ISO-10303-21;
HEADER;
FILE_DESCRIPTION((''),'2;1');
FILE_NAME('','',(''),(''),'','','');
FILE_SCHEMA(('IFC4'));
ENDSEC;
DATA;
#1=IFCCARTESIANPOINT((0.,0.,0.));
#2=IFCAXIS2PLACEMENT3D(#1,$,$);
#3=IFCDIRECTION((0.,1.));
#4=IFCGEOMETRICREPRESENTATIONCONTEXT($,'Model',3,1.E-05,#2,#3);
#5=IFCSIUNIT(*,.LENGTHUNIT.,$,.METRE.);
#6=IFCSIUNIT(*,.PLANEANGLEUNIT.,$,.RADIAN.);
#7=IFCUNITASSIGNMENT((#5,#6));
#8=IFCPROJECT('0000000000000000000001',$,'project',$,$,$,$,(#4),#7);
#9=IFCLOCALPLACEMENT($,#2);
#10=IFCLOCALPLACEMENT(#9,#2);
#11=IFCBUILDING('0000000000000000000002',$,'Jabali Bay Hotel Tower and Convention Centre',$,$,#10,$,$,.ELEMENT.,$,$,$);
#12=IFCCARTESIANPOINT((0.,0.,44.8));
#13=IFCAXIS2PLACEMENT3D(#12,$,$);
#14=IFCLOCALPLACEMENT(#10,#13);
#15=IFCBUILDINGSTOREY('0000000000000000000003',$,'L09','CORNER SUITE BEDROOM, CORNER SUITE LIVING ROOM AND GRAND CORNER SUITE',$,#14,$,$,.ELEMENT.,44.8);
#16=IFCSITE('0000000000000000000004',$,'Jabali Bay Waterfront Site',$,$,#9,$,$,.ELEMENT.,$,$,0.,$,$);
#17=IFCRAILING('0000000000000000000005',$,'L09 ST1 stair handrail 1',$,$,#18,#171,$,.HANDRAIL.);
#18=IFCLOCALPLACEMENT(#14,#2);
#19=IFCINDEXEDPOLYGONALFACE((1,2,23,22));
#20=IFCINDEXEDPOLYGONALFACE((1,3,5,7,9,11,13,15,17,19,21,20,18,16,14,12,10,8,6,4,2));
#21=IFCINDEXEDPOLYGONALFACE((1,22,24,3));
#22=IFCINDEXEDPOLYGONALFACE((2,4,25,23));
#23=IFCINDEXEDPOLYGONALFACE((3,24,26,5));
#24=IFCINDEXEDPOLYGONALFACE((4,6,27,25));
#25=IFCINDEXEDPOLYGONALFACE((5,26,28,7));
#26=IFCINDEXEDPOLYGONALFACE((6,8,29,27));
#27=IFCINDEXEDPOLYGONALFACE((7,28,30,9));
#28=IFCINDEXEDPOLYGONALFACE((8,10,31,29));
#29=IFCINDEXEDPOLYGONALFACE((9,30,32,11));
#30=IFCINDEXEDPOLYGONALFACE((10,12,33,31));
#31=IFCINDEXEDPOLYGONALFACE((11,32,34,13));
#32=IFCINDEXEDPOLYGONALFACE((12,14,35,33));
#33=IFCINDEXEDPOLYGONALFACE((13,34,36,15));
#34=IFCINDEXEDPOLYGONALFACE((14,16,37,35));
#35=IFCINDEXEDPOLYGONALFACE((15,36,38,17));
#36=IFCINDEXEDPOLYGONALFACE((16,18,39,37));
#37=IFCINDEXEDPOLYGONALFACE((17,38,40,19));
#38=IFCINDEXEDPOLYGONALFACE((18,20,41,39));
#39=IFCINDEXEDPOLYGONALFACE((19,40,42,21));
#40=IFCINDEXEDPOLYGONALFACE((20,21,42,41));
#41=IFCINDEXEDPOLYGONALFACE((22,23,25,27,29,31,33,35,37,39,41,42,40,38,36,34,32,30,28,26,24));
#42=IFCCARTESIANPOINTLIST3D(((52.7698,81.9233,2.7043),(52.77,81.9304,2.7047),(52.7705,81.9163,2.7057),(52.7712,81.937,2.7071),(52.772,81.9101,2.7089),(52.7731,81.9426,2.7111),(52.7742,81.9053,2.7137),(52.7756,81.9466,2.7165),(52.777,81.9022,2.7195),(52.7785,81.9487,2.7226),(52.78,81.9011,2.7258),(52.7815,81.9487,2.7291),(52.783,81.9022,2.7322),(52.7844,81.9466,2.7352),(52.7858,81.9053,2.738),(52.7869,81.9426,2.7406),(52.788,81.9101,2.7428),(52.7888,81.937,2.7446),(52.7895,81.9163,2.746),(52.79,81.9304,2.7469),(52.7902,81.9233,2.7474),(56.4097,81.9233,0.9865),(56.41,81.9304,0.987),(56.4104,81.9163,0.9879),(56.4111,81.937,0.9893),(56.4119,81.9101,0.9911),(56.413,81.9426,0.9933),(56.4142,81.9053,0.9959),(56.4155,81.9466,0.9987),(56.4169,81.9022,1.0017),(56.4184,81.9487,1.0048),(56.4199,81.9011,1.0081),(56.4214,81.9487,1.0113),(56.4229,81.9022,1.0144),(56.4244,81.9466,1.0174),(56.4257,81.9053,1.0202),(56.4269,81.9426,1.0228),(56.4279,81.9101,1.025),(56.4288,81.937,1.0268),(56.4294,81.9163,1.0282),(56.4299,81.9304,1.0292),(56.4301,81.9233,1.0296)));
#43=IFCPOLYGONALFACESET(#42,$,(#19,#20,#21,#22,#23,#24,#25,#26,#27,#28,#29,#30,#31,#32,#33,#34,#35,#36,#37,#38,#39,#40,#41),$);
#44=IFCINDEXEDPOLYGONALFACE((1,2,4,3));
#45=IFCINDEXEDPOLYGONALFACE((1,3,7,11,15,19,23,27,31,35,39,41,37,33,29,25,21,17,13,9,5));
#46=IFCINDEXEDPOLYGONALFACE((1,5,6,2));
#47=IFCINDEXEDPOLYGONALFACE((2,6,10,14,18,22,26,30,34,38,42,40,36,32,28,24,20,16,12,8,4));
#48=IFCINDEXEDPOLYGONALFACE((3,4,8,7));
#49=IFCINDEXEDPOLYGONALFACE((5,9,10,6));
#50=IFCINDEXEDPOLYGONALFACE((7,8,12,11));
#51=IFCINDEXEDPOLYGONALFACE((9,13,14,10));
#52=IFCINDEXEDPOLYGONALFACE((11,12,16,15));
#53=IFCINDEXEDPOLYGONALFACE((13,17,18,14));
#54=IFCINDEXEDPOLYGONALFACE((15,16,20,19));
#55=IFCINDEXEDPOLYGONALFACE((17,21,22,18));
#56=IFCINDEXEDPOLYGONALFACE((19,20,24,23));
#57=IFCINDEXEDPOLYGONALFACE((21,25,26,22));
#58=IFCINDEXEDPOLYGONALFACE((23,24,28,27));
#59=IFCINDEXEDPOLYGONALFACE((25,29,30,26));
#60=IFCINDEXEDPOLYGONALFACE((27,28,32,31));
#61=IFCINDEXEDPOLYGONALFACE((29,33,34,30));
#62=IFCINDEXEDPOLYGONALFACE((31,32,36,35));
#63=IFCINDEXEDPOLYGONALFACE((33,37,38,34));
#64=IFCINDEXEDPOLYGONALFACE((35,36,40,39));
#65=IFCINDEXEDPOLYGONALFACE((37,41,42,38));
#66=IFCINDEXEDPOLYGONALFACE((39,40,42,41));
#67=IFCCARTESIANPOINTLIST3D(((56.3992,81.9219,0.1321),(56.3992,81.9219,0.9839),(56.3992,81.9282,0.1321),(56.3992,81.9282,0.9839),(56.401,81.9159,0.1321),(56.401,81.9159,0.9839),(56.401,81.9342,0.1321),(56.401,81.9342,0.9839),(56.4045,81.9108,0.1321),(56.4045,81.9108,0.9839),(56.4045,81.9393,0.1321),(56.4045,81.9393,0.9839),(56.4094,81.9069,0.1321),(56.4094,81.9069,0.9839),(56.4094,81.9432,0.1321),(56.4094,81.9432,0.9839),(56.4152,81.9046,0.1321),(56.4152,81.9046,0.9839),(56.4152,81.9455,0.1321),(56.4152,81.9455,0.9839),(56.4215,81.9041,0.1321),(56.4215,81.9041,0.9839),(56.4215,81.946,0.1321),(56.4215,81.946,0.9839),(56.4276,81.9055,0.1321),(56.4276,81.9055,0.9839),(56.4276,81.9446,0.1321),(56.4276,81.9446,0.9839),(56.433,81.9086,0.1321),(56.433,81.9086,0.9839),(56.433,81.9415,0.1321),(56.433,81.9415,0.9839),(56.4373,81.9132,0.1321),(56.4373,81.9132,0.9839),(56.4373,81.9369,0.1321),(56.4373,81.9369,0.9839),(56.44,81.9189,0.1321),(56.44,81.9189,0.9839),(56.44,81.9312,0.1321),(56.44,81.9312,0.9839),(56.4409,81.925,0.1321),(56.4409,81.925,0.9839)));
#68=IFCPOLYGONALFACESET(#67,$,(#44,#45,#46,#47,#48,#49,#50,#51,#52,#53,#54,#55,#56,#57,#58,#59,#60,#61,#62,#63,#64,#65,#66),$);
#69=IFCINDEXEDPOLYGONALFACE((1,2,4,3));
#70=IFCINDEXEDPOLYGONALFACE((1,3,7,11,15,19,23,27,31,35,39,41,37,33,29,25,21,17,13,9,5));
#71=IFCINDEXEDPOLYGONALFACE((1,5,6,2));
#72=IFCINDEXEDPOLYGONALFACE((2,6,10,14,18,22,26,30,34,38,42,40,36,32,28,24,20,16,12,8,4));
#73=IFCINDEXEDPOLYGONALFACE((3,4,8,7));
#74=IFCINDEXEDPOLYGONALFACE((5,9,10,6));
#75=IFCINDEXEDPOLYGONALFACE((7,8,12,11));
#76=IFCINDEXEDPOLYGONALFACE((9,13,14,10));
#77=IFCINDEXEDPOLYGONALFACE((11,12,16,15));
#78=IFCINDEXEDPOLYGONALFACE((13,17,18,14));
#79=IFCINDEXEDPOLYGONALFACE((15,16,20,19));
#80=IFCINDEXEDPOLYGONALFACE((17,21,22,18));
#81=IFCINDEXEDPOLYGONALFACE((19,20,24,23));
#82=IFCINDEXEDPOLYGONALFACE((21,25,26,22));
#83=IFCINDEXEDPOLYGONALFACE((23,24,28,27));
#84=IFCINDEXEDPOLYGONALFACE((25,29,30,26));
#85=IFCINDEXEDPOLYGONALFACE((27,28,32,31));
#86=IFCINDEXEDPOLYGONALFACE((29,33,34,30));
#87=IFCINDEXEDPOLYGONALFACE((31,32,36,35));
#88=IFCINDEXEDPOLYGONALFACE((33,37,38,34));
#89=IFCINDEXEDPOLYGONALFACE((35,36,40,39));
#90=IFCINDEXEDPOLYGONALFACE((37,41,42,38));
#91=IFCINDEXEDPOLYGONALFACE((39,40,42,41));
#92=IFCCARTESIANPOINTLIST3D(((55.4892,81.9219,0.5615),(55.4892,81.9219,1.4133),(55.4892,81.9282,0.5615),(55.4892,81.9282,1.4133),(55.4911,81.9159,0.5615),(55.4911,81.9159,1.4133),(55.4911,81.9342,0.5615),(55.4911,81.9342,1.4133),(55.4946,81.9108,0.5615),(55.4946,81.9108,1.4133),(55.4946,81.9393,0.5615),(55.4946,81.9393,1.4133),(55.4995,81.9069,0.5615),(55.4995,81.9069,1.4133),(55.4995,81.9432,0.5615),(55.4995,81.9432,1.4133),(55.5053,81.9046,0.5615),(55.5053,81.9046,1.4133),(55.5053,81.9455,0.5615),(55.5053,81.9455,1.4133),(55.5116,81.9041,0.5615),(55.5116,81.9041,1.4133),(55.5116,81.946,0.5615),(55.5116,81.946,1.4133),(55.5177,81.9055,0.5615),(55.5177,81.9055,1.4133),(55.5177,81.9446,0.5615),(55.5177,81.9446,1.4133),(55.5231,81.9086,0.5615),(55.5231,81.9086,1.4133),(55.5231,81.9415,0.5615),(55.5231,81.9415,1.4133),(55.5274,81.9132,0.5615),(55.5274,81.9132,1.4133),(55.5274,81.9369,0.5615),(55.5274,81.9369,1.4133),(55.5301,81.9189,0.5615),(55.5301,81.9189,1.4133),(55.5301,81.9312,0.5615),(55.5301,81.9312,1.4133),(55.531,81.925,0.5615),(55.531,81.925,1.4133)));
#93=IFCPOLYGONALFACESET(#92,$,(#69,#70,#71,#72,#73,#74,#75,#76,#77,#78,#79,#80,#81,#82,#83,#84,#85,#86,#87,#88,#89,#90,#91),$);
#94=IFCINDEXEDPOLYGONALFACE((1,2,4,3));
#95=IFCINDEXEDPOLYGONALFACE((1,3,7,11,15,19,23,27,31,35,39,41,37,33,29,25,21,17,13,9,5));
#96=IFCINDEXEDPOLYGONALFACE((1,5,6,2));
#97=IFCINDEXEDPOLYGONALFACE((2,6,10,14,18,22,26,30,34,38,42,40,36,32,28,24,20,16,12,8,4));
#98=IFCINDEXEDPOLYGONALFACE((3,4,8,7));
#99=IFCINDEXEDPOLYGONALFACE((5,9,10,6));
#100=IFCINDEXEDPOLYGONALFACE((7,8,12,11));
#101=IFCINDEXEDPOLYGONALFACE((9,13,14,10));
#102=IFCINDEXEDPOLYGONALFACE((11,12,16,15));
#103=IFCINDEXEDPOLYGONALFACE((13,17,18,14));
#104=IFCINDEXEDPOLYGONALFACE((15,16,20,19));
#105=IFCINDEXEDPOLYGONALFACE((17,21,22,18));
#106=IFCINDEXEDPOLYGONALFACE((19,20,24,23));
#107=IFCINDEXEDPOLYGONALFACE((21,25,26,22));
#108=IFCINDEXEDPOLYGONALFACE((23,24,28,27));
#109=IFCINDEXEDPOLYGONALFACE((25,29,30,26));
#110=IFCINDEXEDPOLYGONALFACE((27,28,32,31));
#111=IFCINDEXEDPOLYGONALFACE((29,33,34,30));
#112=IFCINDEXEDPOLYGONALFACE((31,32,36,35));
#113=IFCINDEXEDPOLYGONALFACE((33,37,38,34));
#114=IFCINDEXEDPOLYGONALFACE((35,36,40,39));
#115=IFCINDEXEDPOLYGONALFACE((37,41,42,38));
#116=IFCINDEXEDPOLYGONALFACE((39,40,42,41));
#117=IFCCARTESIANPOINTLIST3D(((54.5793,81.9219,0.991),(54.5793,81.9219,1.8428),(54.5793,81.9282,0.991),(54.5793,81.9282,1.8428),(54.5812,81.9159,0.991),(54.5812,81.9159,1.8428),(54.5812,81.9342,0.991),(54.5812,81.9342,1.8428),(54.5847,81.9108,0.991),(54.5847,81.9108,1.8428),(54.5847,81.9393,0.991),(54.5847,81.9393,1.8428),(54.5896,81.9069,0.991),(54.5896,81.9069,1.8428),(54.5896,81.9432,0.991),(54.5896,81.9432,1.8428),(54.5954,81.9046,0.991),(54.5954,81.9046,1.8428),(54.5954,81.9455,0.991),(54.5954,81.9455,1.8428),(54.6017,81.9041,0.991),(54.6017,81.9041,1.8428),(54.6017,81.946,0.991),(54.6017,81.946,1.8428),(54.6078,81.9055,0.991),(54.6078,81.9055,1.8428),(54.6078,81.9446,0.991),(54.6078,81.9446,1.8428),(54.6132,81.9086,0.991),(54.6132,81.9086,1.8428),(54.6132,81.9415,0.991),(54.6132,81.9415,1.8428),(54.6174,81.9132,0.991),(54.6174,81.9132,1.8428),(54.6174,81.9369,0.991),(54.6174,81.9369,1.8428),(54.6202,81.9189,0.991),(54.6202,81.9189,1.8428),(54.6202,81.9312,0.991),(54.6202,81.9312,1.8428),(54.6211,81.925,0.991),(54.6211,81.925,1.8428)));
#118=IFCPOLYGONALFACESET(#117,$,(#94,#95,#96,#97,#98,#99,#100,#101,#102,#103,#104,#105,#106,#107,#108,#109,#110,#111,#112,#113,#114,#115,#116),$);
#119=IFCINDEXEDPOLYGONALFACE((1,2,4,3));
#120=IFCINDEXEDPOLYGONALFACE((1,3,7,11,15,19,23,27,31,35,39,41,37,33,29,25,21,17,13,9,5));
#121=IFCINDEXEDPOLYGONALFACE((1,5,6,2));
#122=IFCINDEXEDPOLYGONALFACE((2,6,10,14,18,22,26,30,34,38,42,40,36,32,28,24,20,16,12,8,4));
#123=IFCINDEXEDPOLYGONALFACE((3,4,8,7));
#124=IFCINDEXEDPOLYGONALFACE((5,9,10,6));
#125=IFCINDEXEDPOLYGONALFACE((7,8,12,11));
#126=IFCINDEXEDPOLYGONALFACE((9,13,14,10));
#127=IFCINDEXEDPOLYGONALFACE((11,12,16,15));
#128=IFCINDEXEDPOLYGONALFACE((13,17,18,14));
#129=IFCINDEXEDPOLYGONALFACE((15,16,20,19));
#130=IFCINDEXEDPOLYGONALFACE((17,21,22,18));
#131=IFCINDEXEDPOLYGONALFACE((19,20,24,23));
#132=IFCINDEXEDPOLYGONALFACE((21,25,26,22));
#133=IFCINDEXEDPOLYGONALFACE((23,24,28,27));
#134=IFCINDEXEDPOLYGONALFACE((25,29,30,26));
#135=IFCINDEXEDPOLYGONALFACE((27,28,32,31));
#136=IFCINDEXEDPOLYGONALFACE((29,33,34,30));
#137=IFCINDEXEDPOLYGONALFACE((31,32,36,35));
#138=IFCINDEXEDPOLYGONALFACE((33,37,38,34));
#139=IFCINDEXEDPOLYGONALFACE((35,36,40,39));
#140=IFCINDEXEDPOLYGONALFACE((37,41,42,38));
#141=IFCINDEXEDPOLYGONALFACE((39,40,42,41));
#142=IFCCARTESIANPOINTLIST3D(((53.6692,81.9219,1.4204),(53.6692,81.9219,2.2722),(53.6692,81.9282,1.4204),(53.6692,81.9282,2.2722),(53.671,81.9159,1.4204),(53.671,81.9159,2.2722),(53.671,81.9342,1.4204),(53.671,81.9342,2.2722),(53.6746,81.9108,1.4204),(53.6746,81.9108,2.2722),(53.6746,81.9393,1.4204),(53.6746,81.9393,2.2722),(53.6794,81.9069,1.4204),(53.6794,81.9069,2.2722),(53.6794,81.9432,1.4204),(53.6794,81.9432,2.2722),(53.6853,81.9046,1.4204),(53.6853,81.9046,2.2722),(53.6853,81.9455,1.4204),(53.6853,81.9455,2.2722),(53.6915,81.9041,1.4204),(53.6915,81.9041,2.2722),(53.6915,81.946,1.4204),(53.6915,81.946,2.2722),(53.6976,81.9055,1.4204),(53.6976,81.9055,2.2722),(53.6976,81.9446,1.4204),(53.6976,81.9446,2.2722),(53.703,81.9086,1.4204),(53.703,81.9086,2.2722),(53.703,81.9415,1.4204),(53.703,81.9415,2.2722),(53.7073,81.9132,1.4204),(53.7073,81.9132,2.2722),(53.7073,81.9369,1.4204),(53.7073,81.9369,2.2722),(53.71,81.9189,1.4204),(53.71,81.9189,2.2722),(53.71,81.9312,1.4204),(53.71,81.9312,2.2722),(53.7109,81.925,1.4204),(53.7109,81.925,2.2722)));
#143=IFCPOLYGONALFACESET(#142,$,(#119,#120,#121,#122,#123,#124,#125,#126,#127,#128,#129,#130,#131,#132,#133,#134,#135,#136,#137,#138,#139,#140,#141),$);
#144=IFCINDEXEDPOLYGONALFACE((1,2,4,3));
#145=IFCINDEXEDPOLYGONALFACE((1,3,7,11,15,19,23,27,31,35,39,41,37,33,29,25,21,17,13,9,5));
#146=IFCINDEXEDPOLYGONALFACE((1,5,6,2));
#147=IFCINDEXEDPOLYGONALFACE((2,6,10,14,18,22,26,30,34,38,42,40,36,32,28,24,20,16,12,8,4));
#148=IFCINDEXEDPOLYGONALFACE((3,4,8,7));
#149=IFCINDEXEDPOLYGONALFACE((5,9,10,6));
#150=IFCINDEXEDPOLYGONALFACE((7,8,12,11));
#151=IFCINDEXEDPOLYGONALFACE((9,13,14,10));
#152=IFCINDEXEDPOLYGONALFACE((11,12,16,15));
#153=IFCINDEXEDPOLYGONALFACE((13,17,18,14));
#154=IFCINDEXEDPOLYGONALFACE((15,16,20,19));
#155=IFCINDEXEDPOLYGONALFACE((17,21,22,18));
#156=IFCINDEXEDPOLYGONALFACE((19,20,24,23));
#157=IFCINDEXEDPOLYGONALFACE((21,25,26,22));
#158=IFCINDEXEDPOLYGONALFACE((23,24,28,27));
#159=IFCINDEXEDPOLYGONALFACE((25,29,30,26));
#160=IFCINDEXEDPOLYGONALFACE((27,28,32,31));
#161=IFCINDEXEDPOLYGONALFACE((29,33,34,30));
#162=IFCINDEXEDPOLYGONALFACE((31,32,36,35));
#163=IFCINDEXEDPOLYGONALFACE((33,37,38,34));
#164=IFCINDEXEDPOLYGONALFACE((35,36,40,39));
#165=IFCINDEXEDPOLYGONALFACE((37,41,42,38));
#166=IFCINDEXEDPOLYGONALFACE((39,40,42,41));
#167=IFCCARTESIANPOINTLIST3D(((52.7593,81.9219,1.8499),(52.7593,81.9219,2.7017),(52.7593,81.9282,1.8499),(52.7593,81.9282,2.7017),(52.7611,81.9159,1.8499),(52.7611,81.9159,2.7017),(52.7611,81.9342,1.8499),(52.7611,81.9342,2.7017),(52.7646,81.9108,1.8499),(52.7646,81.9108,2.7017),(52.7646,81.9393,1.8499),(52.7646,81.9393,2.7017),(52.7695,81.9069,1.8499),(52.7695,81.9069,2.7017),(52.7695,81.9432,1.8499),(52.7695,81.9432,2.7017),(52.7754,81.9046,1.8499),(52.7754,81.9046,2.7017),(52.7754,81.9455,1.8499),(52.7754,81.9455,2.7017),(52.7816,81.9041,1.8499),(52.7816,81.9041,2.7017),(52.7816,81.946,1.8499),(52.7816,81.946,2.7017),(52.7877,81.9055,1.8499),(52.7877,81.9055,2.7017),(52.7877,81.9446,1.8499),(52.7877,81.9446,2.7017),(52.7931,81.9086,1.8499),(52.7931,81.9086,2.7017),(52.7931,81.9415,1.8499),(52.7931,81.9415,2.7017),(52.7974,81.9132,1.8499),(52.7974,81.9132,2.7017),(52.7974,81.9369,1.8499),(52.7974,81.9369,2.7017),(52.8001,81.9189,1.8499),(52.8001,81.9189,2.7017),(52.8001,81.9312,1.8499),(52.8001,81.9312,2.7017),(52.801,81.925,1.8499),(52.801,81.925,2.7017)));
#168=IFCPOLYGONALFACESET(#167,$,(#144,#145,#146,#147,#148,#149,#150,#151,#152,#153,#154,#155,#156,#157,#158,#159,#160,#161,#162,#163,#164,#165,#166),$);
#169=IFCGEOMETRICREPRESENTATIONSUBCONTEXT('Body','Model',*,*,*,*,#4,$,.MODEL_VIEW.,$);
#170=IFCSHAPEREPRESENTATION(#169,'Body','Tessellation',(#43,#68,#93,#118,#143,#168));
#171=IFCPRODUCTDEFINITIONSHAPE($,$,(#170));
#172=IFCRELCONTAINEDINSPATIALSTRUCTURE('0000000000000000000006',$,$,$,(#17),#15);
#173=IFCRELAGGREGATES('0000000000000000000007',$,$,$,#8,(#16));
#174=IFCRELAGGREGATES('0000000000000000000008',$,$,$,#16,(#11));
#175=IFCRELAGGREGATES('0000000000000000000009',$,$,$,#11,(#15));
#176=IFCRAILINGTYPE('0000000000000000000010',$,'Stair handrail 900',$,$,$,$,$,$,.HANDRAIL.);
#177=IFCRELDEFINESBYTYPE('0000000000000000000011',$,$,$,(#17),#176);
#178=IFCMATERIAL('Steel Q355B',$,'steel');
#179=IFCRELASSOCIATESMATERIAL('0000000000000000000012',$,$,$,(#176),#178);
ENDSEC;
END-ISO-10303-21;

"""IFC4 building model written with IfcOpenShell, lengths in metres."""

from ifc_helpers import new_model, si_unit, direction, frame, origin, origin_2d, place, context, subcontext, project, spatial, circle, extrude, material, type_object, element, save


model = new_model("IFC4")

# Units and contexts
model_context = context("Model", 3, precision=1e-05, world=origin(), true_north=direction((0.0, 1.0)))
body_context = subcontext(model_context, "Body", "Model", "MODEL_VIEW")
ifc_project = project(units=[si_unit("LENGTHUNIT", "METRE"), si_unit("PLANEANGLEUNIT", "RADIAN")], contexts=[model_context])

# Site, building, storey
site_placement = place(None, origin())
site = spatial("IfcSite", under=ifc_project, at=site_placement, Name="Jabali Bay Waterfront Site", CompositionType="ELEMENT", RefElevation=0.0)
building_placement = place(site_placement, origin())
building = spatial("IfcBuilding", under=site, at=building_placement, Name="Jabali Bay Hotel Tower and Convention Centre", CompositionType="ELEMENT")
storey_placement = place(building_placement, frame((0.0, 0.0, 44.8)))
storey = spatial("IfcBuildingStorey", under=building, at=storey_placement, Name="L09", Description="CORNER SUITE BEDROOM, CORNER SUITE LIVING ROOM AND GRAND CORNER SUITE", CompositionType="ELEMENT", Elevation=44.8)

# Railing
ifc_material_1 = material(Name="Steel Q355B", Category="steel")
railing_type_1 = type_object("IfcRailingType", Name="Stair handrail 900", PredefinedType="HANDRAIL", material=ifc_material_1)
railing_1_placement = place(storey_placement, frame((56.4199, 81.925, 0.1321)))
element("IfcRailing", 1, at=railing_1_placement, inside=storey, type_object=railing_type_1, Name="L09 ST1 stair handrail 1", PredefinedType="HANDRAIL", context=body_context, shape_type="SweptSolid", body=[
    extrude(circle(Radius=0.0239, at=origin_2d()), frame((0.0, 0.0, 0.876), z_axis=(-0.904351, 0.0, 0.42679), x_axis=(0.0, -1.0, 0.0)), (0.0, 0.0, 1.0), 4.0249),
    extrude(circle(Radius=0.021, at=origin_2d()), origin(), (0.0, 0.0, 1.0), 0.8518),
    extrude(circle(Radius=0.021, at=origin_2d()), frame((-0.9099, 0.0, 0.4294)), (0.0, 0.0, 1.0), 0.8518),
    extrude(circle(Radius=0.021, at=origin_2d()), frame((-1.8198, 0.0, 0.8589)), (0.0, 0.0, 1.0), 0.8518),
    extrude(circle(Radius=0.021, at=origin_2d()), frame((-2.73, 0.0, 1.2883)), (0.0, 0.0, 1.0), 0.8518),
    extrude(circle(Radius=0.021, at=origin_2d()), frame((-3.6399, 0.0, 1.7178)), (0.0, 0.0, 1.0), 0.8518),
])

save(model, "model.ifc")
